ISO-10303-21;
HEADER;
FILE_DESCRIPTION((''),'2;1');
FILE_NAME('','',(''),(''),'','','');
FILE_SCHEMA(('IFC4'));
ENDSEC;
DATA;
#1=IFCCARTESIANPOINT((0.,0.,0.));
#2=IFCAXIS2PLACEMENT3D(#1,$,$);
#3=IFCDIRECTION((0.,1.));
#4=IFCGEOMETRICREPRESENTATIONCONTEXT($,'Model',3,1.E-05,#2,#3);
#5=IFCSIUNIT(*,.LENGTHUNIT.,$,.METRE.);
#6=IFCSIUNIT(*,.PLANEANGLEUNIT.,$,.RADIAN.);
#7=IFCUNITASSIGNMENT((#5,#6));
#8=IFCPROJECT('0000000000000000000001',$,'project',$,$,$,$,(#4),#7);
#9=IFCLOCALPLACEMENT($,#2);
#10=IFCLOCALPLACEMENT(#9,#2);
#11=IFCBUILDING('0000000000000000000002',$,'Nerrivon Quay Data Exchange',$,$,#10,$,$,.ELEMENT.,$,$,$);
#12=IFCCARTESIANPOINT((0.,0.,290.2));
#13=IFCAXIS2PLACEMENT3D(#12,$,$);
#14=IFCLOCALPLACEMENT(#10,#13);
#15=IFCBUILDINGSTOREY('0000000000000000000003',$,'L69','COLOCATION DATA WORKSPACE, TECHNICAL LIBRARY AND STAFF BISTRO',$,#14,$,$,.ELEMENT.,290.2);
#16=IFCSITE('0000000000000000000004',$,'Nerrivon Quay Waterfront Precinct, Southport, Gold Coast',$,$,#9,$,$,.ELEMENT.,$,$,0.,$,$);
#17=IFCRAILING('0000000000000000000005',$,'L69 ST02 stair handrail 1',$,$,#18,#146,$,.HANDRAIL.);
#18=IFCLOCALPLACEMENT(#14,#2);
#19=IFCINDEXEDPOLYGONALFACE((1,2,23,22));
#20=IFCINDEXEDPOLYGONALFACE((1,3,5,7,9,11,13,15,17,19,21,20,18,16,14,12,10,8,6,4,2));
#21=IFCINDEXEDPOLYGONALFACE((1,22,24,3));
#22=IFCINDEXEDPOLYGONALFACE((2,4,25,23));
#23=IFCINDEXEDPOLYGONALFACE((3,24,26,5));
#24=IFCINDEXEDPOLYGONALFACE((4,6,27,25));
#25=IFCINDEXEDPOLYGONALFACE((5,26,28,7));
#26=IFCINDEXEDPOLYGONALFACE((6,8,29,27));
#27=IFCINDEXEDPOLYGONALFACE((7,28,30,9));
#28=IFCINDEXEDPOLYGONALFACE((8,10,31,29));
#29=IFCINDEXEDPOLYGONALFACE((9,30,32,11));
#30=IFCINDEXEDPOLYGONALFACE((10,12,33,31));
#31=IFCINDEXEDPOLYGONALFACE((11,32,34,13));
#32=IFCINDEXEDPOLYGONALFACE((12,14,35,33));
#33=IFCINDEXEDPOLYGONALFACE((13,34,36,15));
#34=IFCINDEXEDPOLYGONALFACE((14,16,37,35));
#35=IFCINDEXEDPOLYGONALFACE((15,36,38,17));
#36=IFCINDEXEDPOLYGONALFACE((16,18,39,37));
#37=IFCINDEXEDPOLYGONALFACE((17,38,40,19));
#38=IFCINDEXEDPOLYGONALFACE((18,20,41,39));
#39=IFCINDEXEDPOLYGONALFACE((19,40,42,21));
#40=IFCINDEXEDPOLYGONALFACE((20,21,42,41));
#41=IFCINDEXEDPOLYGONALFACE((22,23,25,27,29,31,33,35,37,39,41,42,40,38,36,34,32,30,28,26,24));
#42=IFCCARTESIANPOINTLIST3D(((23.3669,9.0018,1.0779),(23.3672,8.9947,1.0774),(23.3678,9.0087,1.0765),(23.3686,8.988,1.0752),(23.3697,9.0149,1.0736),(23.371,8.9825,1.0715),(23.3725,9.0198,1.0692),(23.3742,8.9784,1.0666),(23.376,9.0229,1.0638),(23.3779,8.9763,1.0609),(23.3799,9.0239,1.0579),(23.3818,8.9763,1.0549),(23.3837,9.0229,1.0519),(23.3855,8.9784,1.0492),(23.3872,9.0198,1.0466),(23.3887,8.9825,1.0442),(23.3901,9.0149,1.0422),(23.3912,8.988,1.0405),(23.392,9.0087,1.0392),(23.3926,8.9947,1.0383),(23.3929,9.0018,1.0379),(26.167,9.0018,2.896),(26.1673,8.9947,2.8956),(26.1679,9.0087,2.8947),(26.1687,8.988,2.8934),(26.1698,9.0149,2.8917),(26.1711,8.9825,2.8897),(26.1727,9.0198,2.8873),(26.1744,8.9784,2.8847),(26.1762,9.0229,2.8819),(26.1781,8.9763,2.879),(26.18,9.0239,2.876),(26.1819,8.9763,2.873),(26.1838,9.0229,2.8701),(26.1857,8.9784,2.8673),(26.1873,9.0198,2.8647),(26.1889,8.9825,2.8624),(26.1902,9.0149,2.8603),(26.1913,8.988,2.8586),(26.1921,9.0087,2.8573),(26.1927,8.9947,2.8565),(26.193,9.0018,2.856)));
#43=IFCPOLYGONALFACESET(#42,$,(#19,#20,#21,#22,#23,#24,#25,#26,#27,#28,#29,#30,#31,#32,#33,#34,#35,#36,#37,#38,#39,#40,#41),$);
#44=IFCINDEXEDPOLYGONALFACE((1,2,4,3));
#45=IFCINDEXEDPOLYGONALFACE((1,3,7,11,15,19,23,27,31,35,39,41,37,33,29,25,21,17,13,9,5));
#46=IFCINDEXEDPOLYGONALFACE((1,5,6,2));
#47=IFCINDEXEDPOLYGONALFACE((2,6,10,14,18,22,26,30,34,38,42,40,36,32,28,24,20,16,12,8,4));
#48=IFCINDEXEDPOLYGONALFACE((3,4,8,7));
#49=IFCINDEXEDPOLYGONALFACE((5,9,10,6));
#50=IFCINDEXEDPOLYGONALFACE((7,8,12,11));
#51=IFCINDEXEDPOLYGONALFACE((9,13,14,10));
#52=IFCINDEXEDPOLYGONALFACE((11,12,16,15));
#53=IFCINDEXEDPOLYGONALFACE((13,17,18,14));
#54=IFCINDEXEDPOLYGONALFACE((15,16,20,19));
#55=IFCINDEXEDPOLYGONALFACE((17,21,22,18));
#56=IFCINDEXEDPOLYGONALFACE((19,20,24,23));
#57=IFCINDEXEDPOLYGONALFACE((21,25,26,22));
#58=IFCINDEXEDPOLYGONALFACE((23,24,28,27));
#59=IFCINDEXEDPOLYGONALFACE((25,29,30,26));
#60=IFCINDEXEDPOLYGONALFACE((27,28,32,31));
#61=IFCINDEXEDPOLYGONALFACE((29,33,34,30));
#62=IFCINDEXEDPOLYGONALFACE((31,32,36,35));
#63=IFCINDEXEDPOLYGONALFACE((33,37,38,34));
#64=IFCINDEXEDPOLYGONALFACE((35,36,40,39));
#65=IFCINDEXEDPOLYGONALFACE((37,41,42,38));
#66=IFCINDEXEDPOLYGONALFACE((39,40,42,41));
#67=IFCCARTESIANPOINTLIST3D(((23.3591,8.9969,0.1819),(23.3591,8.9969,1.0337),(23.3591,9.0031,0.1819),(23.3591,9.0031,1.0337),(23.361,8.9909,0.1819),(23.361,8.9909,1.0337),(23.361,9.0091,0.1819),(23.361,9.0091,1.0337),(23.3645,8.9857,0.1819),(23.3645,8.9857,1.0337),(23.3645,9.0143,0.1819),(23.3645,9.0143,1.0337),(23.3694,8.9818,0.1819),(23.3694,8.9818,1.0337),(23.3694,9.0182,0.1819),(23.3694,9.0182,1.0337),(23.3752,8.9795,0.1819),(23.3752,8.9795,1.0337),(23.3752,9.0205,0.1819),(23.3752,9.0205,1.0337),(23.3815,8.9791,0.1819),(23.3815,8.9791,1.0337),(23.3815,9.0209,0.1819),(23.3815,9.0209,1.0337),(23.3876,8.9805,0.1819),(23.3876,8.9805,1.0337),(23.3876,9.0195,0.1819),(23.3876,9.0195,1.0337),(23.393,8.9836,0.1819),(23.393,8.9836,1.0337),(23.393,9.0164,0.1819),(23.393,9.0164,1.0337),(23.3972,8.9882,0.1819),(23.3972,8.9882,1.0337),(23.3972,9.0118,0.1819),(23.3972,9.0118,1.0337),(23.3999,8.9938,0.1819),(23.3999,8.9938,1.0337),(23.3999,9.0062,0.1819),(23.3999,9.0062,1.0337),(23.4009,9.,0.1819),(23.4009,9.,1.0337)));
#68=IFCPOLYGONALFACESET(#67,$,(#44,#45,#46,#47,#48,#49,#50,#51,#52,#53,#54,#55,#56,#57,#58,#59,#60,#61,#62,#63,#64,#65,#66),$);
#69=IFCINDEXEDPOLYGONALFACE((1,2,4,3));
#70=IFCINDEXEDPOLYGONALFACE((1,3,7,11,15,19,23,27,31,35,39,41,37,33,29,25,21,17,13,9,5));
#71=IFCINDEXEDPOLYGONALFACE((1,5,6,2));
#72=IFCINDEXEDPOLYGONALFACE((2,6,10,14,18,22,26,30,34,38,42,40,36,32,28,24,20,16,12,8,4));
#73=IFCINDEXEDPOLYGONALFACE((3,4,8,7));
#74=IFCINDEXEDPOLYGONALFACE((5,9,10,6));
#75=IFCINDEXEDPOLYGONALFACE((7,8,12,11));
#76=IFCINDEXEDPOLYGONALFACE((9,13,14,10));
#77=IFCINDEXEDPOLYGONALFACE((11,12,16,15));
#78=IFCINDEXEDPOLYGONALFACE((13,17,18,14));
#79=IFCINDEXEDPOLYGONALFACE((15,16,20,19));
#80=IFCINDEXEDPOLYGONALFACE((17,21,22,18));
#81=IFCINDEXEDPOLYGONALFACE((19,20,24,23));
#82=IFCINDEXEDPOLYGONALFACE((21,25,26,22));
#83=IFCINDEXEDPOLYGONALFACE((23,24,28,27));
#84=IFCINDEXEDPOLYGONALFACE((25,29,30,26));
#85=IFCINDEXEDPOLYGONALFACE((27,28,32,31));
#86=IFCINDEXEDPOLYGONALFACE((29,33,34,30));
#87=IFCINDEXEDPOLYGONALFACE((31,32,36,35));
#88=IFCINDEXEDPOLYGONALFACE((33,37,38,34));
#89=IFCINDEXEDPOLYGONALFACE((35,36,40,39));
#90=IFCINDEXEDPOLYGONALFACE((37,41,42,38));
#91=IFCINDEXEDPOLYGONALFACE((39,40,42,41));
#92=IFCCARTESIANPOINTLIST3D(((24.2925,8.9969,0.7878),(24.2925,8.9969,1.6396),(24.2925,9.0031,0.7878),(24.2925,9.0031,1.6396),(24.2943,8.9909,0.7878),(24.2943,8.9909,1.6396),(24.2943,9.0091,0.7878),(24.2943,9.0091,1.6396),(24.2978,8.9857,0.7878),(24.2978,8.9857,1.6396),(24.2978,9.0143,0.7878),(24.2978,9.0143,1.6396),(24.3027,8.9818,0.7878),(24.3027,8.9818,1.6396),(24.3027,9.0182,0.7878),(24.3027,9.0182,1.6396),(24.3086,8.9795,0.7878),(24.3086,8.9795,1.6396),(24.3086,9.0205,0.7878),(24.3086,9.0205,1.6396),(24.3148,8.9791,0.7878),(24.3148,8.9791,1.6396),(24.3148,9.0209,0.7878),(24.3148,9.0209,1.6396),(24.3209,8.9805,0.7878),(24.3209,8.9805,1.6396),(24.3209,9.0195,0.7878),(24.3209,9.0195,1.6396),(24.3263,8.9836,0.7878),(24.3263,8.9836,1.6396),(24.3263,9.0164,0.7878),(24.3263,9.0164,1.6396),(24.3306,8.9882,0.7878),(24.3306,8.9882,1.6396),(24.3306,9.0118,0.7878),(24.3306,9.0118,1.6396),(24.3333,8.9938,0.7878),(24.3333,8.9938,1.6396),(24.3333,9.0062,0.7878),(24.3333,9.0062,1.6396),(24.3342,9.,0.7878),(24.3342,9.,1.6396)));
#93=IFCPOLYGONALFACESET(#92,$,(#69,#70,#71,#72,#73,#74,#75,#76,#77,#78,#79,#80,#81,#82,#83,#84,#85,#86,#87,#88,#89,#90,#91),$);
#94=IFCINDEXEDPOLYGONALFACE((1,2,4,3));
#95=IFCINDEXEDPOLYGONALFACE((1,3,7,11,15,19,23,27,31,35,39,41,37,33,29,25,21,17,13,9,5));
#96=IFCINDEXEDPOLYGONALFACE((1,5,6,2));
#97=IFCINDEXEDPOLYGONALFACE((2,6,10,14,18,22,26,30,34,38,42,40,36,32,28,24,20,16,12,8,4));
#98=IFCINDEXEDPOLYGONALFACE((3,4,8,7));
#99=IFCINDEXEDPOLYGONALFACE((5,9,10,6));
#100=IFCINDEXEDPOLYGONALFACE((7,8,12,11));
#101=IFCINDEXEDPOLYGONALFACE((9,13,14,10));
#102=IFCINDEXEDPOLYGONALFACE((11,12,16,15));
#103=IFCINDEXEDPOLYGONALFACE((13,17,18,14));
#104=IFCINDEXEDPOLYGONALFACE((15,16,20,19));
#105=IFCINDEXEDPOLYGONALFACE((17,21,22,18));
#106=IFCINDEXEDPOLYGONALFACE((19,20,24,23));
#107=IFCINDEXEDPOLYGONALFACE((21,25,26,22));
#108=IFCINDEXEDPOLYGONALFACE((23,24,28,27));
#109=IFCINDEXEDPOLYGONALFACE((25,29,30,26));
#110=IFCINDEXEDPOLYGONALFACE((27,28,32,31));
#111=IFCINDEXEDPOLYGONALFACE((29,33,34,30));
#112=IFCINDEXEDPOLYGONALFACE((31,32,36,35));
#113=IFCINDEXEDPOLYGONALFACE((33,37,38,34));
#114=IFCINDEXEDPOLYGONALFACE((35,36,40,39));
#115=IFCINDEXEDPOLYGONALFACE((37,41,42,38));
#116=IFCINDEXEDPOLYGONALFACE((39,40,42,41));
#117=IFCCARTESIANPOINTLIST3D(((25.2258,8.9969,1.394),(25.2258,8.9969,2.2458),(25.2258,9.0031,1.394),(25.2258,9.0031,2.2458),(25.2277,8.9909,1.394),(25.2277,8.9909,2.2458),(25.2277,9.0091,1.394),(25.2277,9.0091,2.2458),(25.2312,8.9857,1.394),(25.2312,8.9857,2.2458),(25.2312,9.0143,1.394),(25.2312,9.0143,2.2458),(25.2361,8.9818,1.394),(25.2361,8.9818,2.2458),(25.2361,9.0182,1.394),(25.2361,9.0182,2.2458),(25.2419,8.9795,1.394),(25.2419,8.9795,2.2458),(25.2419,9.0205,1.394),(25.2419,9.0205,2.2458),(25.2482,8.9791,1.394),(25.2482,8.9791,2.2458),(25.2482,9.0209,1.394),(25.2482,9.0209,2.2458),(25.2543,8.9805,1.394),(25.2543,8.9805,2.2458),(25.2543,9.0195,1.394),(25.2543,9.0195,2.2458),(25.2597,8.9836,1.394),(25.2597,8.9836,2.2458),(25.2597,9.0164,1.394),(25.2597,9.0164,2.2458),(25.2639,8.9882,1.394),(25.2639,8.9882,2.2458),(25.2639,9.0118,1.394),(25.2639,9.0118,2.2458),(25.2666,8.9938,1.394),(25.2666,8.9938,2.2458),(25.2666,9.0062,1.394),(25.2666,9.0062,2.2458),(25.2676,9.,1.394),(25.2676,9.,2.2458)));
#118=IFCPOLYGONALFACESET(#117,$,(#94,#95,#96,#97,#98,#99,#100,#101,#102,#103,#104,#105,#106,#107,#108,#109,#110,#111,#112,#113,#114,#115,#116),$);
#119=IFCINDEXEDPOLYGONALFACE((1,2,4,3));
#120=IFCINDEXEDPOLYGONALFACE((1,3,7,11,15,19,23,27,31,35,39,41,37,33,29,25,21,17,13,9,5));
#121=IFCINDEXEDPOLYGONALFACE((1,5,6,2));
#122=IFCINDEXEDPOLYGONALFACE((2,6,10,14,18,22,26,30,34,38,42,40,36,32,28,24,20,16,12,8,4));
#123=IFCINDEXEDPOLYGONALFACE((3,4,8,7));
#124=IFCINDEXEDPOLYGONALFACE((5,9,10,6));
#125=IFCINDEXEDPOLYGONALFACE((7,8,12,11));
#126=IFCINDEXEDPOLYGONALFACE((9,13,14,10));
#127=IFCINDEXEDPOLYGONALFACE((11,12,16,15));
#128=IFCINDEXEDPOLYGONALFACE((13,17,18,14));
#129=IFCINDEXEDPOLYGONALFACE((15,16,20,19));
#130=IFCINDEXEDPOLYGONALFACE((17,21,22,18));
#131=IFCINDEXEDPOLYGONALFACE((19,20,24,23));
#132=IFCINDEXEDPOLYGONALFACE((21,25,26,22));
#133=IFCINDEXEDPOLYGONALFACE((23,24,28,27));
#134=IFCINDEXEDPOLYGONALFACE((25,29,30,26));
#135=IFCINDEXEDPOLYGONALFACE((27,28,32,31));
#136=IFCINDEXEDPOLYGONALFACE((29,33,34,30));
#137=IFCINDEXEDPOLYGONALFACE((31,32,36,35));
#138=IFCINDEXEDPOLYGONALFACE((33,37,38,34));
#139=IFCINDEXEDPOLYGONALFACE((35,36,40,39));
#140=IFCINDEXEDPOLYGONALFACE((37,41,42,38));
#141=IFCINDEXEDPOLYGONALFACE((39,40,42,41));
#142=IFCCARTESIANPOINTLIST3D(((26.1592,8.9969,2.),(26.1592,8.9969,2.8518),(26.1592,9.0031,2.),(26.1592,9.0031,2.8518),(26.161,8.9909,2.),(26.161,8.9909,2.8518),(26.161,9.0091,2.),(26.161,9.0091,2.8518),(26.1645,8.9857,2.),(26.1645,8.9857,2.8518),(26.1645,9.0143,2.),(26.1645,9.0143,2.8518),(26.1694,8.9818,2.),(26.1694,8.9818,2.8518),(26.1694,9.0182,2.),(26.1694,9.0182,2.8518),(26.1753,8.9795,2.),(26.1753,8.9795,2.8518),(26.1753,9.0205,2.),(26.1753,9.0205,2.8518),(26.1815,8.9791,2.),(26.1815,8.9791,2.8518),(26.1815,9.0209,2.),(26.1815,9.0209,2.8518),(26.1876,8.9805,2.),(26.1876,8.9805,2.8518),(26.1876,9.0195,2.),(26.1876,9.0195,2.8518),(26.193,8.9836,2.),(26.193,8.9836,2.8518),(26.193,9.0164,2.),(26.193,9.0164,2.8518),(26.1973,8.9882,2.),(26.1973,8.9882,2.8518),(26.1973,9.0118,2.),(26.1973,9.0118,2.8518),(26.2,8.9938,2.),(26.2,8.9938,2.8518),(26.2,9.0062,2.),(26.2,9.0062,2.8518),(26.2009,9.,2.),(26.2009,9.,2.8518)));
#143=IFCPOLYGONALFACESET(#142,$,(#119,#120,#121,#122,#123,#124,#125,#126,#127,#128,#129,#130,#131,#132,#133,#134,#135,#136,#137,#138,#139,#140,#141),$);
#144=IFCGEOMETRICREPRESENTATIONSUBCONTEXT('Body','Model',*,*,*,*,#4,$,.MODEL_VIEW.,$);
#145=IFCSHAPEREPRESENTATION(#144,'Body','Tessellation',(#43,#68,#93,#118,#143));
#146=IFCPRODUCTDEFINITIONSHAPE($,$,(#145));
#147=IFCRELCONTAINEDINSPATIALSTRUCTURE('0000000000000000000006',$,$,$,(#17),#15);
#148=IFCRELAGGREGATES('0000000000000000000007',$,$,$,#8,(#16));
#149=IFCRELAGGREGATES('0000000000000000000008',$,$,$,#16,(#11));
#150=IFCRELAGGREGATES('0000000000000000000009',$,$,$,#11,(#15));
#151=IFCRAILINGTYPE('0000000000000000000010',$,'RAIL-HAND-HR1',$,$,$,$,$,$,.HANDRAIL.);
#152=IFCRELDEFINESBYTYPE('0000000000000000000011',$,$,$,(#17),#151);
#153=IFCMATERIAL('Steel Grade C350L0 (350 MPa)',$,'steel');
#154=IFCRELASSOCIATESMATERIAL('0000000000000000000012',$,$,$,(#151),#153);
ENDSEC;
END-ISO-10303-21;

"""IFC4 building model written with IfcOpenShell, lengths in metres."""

from ifc_helpers import new_model, si_unit, direction, frame, origin, origin_2d, place, context, subcontext, project, spatial, circle, extrude, material, type_object, element, save


model = new_model("IFC4")

# Units and contexts
model_context = context("Model", 3, precision=1e-05, world=origin(), true_north=direction((0.0, 1.0)))
body_context = subcontext(model_context, "Body", "Model", "MODEL_VIEW")
ifc_project = project(units=[si_unit("LENGTHUNIT", "METRE"), si_unit("PLANEANGLEUNIT", "RADIAN")], contexts=[model_context])

# Site, building, storey
site_placement = place(None, origin())
site = spatial("IfcSite", under=ifc_project, at=site_placement, Name="Nerrivon Quay Waterfront Precinct, Southport, Gold Coast", CompositionType="ELEMENT", RefElevation=0.0)
building_placement = place(site_placement, origin())
building = spatial("IfcBuilding", under=site, at=building_placement, Name="Nerrivon Quay Data Exchange", CompositionType="ELEMENT")
storey_placement = place(building_placement, frame((0.0, 0.0, 290.2)))
storey = spatial("IfcBuildingStorey", under=building, at=storey_placement, Name="L69", Description="COLOCATION DATA WORKSPACE, TECHNICAL LIBRARY AND STAFF BISTRO", CompositionType="ELEMENT", Elevation=290.2)

# Railing
ifc_material_1 = material(Name="Steel Grade C350L0 (350 MPa)", Category="steel")
railing_type_1 = type_object("IfcRailingType", Name="RAIL-HAND-HR1", PredefinedType="HANDRAIL", material=ifc_material_1)
railing_1_placement = place(storey_placement, frame((23.3799, 9.0, 0.1819)))
element("IfcRailing", 1, at=railing_1_placement, inside=storey, type_object=railing_type_1, Name="L69 ST02 stair handrail 1", PredefinedType="HANDRAIL", context=body_context, shape_type="SweptSolid", body=[
    extrude(circle(Radius=0.0239, at=origin_2d()), frame((0.0, 0.0, 0.876), z_axis=(0.838706, 0.0, 0.544585), x_axis=(0.0, 1.0, 0.0)), (0.0, 0.0, 1.0), 3.3386),
    extrude(circle(Radius=0.021, at=origin_2d()), origin(), (0.0, 0.0, 1.0), 0.8518),
    extrude(circle(Radius=0.021, at=origin_2d()), frame((0.9333, 0.0, 0.606)), (0.0, 0.0, 1.0), 0.8518),
    extrude(circle(Radius=0.021, at=origin_2d()), frame((1.8667, 0.0, 1.2122)), (0.0, 0.0, 1.0), 0.8518),
    extrude(circle(Radius=0.021, at=origin_2d()), frame((2.8, 0.0, 1.8181)), (0.0, 0.0, 1.0), 0.8518),
])

save(model, "model.ifc")
